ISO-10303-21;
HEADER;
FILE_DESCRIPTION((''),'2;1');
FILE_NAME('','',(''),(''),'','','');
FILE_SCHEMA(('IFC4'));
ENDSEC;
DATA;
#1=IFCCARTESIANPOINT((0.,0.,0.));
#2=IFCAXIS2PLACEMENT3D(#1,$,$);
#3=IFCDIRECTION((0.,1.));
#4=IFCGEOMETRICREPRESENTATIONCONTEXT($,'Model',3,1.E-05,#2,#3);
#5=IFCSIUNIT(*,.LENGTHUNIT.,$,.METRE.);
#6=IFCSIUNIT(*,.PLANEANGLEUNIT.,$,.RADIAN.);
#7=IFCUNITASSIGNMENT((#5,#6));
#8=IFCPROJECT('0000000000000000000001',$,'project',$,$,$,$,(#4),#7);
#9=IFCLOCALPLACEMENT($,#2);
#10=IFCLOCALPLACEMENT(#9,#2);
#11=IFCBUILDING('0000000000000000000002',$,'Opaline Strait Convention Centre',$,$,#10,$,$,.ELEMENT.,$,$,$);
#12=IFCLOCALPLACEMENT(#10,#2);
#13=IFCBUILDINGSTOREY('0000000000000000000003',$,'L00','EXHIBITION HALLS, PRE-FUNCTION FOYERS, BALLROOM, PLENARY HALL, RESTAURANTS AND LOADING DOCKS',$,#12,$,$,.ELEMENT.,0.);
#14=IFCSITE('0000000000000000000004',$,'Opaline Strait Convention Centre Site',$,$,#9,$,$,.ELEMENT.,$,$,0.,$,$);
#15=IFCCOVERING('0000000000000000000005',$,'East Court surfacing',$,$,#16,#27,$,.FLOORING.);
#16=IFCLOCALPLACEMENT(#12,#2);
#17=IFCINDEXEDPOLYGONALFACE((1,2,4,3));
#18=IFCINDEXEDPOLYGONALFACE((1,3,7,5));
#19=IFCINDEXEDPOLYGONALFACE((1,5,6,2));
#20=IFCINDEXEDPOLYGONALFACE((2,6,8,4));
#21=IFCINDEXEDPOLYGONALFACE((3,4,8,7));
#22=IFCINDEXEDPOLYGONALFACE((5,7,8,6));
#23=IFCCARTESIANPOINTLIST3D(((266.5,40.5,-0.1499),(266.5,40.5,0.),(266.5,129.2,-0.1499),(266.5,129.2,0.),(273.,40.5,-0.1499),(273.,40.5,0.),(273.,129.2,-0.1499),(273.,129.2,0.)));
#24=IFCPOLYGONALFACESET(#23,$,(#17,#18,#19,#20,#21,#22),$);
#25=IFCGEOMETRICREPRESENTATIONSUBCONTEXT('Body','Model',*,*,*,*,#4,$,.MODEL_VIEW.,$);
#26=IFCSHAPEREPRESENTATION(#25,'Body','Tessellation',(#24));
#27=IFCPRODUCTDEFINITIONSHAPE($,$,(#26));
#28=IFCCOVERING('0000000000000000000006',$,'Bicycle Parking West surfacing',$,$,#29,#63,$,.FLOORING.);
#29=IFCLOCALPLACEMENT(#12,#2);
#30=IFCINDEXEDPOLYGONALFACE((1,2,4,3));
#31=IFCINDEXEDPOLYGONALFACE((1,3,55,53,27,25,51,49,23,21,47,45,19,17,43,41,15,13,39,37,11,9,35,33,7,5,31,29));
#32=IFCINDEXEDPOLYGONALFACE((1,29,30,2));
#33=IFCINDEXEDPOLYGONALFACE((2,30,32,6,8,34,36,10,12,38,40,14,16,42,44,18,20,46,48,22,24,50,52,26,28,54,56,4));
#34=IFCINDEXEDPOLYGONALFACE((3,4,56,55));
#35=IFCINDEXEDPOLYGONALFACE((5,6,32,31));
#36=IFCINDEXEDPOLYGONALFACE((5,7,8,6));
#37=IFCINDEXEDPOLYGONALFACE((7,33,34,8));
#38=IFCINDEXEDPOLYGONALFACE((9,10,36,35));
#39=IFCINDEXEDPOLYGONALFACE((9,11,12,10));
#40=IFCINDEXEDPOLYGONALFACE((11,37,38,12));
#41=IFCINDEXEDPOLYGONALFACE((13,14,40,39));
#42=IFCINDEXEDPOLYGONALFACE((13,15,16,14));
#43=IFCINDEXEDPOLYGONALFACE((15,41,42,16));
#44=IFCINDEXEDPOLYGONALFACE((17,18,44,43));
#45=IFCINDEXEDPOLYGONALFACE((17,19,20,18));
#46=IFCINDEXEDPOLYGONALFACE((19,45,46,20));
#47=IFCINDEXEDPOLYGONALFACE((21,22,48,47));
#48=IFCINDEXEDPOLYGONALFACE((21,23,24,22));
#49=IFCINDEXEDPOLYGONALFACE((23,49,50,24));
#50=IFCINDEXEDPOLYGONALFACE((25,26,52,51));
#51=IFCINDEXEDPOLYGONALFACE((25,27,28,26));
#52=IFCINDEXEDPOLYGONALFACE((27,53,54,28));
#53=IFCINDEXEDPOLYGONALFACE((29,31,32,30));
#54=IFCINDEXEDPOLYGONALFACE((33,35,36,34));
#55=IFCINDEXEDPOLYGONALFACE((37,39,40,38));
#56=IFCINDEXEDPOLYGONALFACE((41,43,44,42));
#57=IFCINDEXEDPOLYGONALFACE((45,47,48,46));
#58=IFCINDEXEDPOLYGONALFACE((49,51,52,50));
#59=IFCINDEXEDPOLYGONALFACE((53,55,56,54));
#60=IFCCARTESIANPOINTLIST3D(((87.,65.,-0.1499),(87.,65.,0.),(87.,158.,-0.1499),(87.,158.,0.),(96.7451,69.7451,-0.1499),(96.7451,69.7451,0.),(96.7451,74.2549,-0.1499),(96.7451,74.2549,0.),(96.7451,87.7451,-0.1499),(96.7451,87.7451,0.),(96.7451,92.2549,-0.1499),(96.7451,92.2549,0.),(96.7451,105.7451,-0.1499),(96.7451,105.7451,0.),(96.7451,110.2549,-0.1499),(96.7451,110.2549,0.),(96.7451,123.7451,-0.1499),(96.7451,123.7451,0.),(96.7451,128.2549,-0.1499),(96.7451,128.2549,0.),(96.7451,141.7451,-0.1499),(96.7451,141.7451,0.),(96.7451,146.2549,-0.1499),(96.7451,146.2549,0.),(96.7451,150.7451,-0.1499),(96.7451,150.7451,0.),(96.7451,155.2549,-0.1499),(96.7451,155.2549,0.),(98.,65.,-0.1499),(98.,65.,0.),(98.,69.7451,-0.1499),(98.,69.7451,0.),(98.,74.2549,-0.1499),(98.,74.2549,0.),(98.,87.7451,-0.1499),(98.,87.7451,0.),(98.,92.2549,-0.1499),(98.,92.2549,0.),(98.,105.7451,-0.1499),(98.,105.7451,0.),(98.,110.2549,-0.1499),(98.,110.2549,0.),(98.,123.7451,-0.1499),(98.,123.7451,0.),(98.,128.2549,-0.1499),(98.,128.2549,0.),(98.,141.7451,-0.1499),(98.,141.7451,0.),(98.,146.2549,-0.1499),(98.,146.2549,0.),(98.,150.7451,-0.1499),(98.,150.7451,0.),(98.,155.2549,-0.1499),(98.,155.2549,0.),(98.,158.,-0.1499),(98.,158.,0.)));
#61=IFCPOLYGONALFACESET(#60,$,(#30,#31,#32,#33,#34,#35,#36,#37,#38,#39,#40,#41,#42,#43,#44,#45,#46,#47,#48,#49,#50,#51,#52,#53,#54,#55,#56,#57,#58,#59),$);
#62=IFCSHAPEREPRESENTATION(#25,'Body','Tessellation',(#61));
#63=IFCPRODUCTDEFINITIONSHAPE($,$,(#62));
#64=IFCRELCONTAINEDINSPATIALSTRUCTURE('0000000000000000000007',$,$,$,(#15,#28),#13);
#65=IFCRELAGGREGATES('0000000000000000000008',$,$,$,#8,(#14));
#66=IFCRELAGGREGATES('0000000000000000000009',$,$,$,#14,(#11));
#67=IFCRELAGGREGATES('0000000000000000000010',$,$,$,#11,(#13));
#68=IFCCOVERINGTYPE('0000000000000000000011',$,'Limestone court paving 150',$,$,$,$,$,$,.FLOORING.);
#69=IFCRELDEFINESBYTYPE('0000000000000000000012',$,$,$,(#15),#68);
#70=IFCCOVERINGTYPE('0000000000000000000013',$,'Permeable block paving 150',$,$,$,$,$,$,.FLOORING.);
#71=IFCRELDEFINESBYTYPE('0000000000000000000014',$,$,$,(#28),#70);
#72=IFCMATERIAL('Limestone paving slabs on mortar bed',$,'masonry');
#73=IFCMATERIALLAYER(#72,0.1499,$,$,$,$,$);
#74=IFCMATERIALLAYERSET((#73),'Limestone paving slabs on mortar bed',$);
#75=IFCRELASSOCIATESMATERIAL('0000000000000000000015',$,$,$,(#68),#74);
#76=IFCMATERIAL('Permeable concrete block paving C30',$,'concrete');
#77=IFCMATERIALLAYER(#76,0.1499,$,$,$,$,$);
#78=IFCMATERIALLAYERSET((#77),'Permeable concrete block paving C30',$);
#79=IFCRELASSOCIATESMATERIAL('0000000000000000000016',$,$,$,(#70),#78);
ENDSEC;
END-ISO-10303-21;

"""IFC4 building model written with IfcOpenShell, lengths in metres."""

from ifc_helpers import new_model, si_unit, direction, frame, origin, place, context, subcontext, project, spatial, polyline, outline, extrude, material, layer, layer_set, type_object, element, save


model = new_model("IFC4")

# Units and contexts
model_context = context("Model", 3, precision=1e-05, world=origin(), true_north=direction((0.0, 1.0)))
body_context = subcontext(model_context, "Body", "Model", "MODEL_VIEW")
ifc_project = project(units=[si_unit("LENGTHUNIT", "METRE"), si_unit("PLANEANGLEUNIT", "RADIAN")], contexts=[model_context])

# Site, building, storey
site_placement = place(None, origin())
site = spatial("IfcSite", under=ifc_project, at=site_placement, Name="Opaline Strait Convention Centre Site", CompositionType="ELEMENT", RefElevation=0.0)
building_placement = place(site_placement, origin())
building = spatial("IfcBuilding", under=site, at=building_placement, Name="Opaline Strait Convention Centre", CompositionType="ELEMENT")
storey_placement = place(building_placement, origin())
storey = spatial("IfcBuildingStorey", under=building, at=storey_placement, Name="L00", Description="EXHIBITION HALLS, PRE-FUNCTION FOYERS, BALLROOM, PLENARY HALL, RESTAURANTS AND LOADING DOCKS", CompositionType="ELEMENT", Elevation=0.0)

# Coverings
ifc_material_1 = material(Name="Limestone paving slabs on mortar bed", Category="masonry")
ifc_layer_1 = layer(ifc_material_1, 0.1499)
ifc_layer_set_1 = layer_set([ifc_layer_1], Name="Limestone paving slabs on mortar bed")
covering_type_1 = type_object("IfcCoveringType", Name="Limestone court paving 150", PredefinedType="FLOORING", material=ifc_layer_set_1)
covering_1_placement = place(storey_placement, frame((0.0, 0.0, -0.1499)))
element("IfcCovering", 1, at=covering_1_placement, inside=storey, type_object=covering_type_1, Name="East Court surfacing", PredefinedType="FLOORING", context=body_context, shape_type="SweptSolid", body=[
    extrude(outline(polyline([(266.5, 129.2), (266.5, 40.5), (273.0, 40.5), (273.0, 129.2), (266.5, 129.2)])), origin(), (0.0, 0.0, 1.0), 0.1499),
])
ifc_material_2 = material(Name="Permeable concrete block paving C30", Category="concrete")
ifc_layer_2 = layer(ifc_material_2, 0.1499)
ifc_layer_set_2 = layer_set([ifc_layer_2], Name="Permeable concrete block paving C30")
covering_type_2 = type_object("IfcCoveringType", Name="Permeable block paving 150", PredefinedType="FLOORING", material=ifc_layer_set_2)
covering_2_placement = place(storey_placement, frame((0.0, 0.0, -0.1499)))
element("IfcCovering", 2, at=covering_2_placement, inside=storey, type_object=covering_type_2, Name="Bicycle Parking West surfacing", PredefinedType="FLOORING", context=body_context, shape_type="SweptSolid", body=[
    extrude(outline(polyline([(87.0, 65.0), (98.0, 65.0), (98.0, 69.7451), (96.7451, 69.7451), (96.7451, 74.2549), (98.0, 74.2549), (98.0, 87.7451), (96.7451, 87.7451), (96.7451, 92.2549), (98.0, 92.2549), (98.0, 105.7451), (96.7451, 105.7451), (96.7451, 110.2549), (98.0, 110.2549), (98.0, 123.7451), (96.7451, 123.7451), (96.7451, 128.2549), (98.0, 128.2549), (98.0, 141.7451), (96.7451, 141.7451), (96.7451, 146.2549), (98.0, 146.2549), (98.0, 150.7451), (96.7451, 150.7451), (96.7451, 155.2549), (98.0, 155.2549), (98.0, 158.0), (87.0, 158.0), (87.0, 65.0)])), origin(), (0.0, 0.0, 1.0), 0.1499),
])

save(model, "model.ifc")
